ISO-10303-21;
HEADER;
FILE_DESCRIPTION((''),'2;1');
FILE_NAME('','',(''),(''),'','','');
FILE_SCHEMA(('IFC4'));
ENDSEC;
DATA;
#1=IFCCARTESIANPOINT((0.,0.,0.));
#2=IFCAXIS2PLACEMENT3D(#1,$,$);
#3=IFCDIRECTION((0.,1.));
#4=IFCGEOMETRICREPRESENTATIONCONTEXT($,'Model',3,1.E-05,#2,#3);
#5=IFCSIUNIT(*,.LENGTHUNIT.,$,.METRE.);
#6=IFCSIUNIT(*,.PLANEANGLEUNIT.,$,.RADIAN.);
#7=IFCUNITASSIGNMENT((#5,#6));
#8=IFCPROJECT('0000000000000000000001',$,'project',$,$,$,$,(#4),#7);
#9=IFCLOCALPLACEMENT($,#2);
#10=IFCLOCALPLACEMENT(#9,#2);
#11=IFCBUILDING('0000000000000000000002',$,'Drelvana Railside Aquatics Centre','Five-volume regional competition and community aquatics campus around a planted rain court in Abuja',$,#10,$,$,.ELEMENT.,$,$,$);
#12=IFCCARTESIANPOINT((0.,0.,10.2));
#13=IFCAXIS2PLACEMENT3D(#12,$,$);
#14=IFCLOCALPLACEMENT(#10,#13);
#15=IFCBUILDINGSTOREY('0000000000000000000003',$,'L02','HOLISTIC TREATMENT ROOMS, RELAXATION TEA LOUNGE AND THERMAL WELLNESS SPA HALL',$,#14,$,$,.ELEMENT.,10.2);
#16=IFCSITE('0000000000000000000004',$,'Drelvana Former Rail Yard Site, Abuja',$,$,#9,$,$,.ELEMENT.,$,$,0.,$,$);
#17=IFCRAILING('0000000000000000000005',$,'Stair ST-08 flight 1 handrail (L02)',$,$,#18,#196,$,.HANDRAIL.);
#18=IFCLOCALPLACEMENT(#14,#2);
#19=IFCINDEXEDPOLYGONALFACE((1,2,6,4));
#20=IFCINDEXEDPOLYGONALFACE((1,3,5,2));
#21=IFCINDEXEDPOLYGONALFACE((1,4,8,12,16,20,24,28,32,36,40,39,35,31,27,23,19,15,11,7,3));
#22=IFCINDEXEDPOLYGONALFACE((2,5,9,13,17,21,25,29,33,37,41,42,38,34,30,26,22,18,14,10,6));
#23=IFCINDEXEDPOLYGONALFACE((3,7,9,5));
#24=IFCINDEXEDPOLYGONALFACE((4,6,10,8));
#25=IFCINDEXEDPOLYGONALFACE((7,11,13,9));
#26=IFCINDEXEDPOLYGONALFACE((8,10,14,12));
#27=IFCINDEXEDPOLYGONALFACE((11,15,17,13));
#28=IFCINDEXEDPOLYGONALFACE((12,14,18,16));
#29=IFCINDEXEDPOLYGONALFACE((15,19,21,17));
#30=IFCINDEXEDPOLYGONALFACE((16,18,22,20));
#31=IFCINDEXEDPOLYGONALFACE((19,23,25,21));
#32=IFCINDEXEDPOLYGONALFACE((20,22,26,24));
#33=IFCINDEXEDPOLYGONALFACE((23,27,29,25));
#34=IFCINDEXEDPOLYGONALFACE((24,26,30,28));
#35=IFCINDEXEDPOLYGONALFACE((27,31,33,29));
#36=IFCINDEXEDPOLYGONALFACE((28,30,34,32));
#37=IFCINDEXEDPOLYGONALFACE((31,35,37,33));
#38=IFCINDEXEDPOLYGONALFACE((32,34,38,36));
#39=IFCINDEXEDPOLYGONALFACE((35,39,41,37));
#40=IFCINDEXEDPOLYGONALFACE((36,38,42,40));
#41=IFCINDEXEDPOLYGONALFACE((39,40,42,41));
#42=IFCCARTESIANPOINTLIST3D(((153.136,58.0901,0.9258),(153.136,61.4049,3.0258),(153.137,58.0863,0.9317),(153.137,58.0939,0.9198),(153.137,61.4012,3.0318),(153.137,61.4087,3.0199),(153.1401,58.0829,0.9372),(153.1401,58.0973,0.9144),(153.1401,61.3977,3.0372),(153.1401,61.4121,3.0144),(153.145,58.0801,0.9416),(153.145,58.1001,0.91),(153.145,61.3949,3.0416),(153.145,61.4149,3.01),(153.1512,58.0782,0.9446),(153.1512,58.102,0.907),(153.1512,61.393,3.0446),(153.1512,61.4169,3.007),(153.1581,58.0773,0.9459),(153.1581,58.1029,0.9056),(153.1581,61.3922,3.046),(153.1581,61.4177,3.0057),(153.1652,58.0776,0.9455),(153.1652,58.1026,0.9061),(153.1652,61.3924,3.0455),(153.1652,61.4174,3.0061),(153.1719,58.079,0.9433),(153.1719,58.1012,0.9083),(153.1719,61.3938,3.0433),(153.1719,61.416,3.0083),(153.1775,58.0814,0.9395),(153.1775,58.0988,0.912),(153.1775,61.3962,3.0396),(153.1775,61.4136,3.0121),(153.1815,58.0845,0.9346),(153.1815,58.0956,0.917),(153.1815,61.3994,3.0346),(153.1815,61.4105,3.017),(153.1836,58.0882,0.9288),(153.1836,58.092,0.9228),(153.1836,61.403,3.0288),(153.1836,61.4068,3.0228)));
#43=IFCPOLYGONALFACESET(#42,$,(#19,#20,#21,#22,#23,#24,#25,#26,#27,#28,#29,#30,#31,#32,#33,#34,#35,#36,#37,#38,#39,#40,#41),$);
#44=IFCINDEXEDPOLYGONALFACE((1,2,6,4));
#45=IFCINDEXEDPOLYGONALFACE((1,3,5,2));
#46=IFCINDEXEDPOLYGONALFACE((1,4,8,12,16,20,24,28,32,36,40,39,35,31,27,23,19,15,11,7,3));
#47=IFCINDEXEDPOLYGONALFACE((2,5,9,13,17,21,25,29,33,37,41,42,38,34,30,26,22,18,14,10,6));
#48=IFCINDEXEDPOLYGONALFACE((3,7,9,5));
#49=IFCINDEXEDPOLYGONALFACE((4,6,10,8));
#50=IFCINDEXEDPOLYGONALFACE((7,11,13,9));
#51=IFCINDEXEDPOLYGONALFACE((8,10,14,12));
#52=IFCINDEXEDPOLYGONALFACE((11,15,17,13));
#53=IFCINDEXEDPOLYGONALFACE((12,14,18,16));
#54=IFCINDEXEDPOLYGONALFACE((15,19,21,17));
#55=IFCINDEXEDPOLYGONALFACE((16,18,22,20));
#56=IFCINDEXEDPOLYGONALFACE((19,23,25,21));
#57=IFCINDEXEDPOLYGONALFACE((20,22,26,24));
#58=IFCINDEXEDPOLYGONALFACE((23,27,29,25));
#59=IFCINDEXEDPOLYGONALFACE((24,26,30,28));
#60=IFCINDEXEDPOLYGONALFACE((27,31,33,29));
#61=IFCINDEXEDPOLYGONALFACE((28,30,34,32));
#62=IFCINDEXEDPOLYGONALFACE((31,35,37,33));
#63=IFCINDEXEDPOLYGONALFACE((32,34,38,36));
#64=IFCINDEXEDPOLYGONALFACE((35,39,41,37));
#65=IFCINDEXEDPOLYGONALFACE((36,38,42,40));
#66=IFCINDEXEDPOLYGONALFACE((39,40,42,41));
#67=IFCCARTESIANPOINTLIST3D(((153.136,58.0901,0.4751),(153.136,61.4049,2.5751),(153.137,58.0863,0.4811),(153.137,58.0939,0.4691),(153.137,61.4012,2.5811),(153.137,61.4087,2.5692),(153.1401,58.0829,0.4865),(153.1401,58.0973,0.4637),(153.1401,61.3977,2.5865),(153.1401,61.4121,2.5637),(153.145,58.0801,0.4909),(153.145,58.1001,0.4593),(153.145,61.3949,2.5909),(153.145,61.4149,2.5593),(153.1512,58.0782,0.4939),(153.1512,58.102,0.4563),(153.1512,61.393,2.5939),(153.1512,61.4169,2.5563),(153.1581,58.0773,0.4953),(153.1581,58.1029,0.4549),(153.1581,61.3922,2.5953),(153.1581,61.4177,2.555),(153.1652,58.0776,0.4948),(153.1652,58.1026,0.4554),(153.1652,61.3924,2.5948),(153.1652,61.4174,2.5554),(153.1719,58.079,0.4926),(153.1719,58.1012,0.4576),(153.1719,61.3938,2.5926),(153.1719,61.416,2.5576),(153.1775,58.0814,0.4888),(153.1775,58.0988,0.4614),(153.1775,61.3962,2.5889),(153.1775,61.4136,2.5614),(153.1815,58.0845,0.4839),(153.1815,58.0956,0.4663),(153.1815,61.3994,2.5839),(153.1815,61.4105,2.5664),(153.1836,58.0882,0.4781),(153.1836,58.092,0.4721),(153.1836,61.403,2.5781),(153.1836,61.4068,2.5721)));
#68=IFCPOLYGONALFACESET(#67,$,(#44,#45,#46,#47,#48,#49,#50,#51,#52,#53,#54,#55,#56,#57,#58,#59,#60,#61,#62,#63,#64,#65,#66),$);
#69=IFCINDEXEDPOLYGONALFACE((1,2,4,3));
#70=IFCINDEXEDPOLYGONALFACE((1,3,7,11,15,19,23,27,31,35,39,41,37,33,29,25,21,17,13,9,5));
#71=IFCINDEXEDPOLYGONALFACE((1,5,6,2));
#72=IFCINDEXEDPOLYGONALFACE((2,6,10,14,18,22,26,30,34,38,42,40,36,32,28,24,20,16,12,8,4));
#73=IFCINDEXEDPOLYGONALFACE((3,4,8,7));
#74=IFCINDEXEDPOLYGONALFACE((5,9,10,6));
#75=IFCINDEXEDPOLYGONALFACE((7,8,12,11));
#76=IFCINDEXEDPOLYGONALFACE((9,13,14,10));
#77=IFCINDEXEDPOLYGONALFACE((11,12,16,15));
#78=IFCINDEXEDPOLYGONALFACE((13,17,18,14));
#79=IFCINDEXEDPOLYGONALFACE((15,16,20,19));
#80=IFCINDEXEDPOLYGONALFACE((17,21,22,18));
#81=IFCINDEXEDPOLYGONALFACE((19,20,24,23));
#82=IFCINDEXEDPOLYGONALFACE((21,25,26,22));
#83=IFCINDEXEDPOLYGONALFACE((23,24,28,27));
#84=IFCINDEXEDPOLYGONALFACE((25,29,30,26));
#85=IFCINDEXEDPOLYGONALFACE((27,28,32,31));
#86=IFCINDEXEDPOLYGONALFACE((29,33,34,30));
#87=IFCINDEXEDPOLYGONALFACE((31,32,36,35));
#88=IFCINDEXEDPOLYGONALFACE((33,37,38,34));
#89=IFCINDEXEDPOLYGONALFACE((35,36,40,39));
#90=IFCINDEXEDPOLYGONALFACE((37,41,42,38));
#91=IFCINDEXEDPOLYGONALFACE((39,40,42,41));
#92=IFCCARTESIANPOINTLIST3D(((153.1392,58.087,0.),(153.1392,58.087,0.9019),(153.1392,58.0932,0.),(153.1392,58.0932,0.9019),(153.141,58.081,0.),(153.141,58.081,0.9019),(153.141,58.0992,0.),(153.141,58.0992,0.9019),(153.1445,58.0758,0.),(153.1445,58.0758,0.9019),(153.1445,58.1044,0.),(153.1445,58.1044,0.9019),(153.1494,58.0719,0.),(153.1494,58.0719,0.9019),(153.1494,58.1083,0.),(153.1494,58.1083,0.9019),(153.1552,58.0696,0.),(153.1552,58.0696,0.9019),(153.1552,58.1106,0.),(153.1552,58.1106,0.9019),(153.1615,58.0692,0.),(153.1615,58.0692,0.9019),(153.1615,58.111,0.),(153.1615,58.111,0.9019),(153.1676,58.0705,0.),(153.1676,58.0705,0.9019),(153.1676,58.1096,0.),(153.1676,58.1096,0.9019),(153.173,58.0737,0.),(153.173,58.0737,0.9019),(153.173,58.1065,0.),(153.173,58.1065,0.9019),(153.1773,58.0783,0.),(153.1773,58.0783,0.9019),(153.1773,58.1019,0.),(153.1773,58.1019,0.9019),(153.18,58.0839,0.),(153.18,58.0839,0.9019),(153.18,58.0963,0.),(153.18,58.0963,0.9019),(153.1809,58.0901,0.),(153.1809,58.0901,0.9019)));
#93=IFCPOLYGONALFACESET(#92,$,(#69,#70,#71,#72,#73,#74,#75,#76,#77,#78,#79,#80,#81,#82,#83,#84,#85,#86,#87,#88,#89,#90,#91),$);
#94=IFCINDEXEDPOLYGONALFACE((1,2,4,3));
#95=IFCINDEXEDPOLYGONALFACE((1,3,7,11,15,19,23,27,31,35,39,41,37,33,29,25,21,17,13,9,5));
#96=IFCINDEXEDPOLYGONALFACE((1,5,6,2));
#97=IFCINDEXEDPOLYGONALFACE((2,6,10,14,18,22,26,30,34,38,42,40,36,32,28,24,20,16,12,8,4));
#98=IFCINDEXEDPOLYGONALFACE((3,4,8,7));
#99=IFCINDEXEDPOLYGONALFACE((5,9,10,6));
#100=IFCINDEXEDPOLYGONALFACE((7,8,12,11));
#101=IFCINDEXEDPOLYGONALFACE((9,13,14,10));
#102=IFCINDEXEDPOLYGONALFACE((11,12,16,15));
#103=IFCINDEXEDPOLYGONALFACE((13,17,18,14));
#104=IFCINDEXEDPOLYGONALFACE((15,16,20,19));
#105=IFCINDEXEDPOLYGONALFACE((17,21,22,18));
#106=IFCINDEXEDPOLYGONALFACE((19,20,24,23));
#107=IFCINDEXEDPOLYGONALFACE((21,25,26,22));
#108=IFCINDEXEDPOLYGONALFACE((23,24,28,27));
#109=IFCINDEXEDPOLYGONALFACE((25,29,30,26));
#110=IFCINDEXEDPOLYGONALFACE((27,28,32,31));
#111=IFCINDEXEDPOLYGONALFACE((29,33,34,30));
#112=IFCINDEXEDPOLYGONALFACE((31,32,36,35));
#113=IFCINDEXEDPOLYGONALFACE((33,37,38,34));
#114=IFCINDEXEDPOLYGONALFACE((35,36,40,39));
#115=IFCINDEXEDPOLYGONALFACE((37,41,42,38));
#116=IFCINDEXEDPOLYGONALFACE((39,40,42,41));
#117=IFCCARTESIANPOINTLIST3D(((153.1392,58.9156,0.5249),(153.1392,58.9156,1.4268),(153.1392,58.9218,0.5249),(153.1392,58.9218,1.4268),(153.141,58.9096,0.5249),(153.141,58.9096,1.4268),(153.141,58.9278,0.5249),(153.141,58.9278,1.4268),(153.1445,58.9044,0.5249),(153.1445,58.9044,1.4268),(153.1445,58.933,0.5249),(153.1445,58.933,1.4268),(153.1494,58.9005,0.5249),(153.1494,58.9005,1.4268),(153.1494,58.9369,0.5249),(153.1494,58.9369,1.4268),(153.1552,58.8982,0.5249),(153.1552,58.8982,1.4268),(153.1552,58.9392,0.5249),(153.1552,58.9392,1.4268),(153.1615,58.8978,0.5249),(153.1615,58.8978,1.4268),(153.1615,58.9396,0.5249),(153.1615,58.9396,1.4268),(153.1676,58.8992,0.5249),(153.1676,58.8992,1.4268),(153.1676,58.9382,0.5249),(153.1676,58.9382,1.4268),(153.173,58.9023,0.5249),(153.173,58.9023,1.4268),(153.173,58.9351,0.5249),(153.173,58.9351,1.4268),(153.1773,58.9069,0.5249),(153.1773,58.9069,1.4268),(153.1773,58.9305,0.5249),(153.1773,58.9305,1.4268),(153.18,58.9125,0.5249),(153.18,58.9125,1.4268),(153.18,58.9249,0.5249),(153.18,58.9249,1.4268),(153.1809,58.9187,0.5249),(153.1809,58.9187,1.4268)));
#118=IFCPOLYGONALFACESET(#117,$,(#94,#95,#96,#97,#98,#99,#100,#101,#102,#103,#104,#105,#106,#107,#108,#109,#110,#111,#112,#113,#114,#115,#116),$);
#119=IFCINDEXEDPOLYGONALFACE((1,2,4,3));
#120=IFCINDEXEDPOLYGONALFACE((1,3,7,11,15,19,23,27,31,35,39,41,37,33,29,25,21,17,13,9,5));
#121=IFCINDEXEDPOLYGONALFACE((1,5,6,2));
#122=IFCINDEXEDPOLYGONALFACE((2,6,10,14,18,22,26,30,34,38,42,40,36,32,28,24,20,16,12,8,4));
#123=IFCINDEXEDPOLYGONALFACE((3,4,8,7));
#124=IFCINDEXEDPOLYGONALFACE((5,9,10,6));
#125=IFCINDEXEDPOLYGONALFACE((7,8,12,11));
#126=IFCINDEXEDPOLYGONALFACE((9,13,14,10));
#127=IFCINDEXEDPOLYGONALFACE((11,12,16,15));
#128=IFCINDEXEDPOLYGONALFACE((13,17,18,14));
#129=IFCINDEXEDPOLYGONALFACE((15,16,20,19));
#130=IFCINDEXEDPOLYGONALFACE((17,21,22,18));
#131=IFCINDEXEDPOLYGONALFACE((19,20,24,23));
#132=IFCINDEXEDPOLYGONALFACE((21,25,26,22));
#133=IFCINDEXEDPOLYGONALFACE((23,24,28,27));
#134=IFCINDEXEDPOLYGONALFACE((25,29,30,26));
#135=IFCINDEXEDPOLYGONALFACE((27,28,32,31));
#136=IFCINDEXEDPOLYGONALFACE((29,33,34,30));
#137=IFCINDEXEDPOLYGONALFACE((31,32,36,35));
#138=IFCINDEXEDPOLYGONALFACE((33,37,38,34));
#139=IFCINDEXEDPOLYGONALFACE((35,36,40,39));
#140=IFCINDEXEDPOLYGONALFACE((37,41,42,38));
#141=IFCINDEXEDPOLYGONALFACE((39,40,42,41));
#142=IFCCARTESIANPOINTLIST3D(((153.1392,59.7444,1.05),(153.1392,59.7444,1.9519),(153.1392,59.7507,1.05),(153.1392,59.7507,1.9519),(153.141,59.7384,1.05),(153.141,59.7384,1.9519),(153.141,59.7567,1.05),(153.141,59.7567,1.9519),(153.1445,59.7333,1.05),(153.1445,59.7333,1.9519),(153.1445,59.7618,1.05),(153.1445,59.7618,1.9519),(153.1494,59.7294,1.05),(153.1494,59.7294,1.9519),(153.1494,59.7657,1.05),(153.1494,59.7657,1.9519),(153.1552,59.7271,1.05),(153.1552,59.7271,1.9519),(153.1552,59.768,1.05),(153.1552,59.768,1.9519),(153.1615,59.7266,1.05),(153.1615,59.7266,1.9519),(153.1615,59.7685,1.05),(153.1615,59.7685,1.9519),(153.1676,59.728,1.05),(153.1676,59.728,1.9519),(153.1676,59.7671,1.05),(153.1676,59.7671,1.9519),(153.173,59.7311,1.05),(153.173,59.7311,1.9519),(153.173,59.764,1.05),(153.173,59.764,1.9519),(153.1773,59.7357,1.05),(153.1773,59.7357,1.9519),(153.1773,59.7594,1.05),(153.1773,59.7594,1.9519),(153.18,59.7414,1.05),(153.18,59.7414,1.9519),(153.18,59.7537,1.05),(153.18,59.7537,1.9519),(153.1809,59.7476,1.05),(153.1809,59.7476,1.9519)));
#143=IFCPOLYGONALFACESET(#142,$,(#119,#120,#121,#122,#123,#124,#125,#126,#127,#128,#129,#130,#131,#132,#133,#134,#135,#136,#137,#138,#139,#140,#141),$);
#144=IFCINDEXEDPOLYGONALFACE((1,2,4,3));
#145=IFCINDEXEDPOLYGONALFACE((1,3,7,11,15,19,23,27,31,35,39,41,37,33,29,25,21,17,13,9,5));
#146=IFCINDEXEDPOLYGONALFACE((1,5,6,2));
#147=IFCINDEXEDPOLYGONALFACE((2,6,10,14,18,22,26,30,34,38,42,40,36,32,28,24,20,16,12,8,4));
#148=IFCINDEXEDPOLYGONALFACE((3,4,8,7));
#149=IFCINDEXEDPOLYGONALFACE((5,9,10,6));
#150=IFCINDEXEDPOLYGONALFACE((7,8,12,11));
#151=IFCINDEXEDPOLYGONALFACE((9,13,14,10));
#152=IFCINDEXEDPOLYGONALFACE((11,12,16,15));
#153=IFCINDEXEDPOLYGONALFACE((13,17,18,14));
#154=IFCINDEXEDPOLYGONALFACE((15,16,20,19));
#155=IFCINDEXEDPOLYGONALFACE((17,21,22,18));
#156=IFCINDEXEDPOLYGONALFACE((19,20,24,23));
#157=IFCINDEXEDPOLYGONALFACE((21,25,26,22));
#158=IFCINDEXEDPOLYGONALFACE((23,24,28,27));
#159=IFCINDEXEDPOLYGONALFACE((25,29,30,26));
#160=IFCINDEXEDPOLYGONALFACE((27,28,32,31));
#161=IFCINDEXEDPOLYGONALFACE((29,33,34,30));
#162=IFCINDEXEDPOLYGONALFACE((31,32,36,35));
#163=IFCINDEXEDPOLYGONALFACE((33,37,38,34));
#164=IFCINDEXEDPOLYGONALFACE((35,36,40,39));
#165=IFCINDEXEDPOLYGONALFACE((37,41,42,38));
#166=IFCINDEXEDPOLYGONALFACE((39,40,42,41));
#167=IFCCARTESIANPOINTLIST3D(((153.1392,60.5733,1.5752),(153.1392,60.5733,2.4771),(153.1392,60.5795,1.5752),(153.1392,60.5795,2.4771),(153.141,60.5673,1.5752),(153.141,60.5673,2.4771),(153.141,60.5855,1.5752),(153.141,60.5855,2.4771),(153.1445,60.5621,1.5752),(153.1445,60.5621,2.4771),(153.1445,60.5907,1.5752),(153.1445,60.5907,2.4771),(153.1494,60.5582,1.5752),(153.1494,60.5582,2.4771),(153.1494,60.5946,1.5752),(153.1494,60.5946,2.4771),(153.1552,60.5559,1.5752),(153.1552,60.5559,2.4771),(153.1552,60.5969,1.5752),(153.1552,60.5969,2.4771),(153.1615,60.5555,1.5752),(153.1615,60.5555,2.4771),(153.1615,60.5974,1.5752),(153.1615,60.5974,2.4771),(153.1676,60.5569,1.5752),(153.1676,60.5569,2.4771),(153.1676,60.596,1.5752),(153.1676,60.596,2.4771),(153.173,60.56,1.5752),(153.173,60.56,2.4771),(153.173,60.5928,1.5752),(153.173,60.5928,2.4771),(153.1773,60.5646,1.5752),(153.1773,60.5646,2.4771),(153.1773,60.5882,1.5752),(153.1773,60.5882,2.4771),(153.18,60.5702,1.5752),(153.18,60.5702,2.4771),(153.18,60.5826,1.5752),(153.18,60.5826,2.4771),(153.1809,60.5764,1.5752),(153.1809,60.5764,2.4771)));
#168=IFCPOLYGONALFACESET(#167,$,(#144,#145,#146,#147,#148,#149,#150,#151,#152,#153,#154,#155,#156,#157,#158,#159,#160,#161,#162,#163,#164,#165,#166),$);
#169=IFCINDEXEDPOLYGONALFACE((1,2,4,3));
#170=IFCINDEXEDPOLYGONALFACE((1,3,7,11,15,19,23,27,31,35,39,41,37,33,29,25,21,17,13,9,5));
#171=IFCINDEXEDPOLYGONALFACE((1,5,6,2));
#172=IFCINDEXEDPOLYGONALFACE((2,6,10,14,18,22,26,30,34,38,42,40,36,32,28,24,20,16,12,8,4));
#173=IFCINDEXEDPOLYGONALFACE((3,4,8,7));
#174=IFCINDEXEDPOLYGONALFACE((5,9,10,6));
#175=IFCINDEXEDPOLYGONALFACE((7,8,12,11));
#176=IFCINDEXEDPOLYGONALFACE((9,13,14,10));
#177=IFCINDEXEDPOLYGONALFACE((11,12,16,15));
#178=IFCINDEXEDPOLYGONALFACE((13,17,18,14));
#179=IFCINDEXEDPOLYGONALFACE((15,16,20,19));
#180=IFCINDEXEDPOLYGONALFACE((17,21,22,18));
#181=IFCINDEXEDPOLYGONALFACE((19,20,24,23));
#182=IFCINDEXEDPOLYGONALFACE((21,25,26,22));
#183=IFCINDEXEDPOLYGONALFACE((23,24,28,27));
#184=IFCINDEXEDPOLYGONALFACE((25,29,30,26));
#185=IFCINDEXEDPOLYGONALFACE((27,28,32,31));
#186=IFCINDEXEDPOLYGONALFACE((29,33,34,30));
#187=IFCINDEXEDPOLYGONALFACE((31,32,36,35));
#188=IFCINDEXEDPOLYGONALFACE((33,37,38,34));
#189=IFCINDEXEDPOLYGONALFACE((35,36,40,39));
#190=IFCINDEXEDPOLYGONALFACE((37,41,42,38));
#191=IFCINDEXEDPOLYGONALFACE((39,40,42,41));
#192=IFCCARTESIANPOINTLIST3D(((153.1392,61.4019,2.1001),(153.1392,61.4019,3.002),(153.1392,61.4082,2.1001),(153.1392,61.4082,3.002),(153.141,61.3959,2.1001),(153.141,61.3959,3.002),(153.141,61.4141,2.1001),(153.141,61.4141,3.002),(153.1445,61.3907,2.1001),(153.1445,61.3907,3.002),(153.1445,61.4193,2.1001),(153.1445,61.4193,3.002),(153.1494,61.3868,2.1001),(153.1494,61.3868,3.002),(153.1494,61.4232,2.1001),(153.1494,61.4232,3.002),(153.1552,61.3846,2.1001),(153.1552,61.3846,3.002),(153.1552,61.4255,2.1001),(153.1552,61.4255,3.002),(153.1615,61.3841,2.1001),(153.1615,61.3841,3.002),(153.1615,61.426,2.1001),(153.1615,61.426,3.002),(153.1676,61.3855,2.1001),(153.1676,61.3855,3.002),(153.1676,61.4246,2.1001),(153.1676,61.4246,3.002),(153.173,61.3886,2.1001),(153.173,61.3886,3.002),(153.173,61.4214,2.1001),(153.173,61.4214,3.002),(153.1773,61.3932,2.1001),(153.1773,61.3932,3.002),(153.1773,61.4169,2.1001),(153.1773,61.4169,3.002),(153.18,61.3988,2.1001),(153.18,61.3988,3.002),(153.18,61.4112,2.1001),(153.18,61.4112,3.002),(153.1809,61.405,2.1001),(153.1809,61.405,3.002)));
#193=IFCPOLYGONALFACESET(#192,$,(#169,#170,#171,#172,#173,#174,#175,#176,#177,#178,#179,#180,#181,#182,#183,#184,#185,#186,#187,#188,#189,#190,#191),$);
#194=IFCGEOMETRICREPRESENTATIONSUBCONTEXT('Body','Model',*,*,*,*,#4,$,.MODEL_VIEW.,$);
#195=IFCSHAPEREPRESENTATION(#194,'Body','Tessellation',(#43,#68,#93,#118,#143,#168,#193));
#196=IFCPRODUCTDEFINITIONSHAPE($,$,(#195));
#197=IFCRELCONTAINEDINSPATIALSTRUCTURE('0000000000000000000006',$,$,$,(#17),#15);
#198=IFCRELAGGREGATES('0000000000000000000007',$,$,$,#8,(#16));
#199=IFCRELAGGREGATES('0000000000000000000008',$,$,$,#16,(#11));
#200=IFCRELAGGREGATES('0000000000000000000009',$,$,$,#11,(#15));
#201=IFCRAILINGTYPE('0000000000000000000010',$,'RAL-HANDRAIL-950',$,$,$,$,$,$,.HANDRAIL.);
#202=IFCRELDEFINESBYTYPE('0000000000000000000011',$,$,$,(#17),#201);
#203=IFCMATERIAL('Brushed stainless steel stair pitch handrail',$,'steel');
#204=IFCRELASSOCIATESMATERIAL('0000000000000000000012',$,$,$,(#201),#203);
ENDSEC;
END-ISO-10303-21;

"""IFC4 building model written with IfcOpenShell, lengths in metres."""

from ifc_helpers import new_model, si_unit, direction, frame, origin, origin_2d, place, context, subcontext, project, spatial, circle, extrude, material, type_object, element, save


model = new_model("IFC4")

# Units and contexts
model_context = context("Model", 3, precision=1e-05, world=origin(), true_north=direction((0.0, 1.0)))
body_context = subcontext(model_context, "Body", "Model", "MODEL_VIEW")
ifc_project = project(units=[si_unit("LENGTHUNIT", "METRE"), si_unit("PLANEANGLEUNIT", "RADIAN")], contexts=[model_context])

# Site, building, storey
site_placement = place(None, origin())
site = spatial("IfcSite", under=ifc_project, at=site_placement, Name="Drelvana Former Rail Yard Site, Abuja", CompositionType="ELEMENT", RefElevation=0.0)
building_placement = place(site_placement, origin())
building = spatial("IfcBuilding", under=site, at=building_placement, Name="Drelvana Railside Aquatics Centre", Description="Five-volume regional competition and community aquatics campus around a planted rain court in Abuja", CompositionType="ELEMENT")
storey_placement = place(building_placement, frame((0.0, 0.0, 10.2)))
storey = spatial("IfcBuildingStorey", under=building, at=storey_placement, Name="L02", Description="HOLISTIC TREATMENT ROOMS, RELAXATION TEA LOUNGE AND THERMAL WELLNESS SPA HALL", CompositionType="ELEMENT", Elevation=10.2)

# Railing
ifc_material_1 = material(Name="Brushed stainless steel stair pitch handrail", Category="steel")
railing_type = type_object("IfcRailingType", Name="RAL-HANDRAIL-950", PredefinedType="HANDRAIL", material=ifc_material_1)
railing_1_placement = place(storey_placement, frame((153.1599, 58.0901, 0.0)))
element("IfcRailing", 1, at=railing_1_placement, inside=storey, type_object=railing_type, Name="Stair ST-08 flight 1 handrail (L02)", PredefinedType="HANDRAIL", context=body_context, shape_type="SweptSolid", body=[
    extrude(circle(Radius=0.0239, at=origin_2d()), frame((0.0, 0.0, 0.9258), z_axis=(0.0, 0.844746, 0.535168), x_axis=(-1.0, 0.0, 0.0)), (0.0, 0.0, 1.0), 3.9241),
    extrude(circle(Radius=0.0239, at=origin_2d()), frame((0.0, 0.0, 0.4751), z_axis=(0.0, 0.844746, 0.535168), x_axis=(-1.0, 0.0, 0.0)), (0.0, 0.0, 1.0), 3.9241),
    extrude(circle(Radius=0.021, at=origin_2d()), origin(), (0.0, 0.0, 1.0), 0.9019),
    extrude(circle(Radius=0.021, at=origin_2d()), frame((0.0, 0.8286, 0.5249)), (0.0, 0.0, 1.0), 0.9019),
    extrude(circle(Radius=0.021, at=origin_2d()), frame((0.0, 1.6575, 1.05)), (0.0, 0.0, 1.0), 0.9019),
    extrude(circle(Radius=0.021, at=origin_2d()), frame((0.0, 2.4863, 1.5752)), (0.0, 0.0, 1.0), 0.9019),
    extrude(circle(Radius=0.021, at=origin_2d()), frame((0.0, 3.3149, 2.1001)), (0.0, 0.0, 1.0), 0.9019),
])

save(model, "model.ifc")
